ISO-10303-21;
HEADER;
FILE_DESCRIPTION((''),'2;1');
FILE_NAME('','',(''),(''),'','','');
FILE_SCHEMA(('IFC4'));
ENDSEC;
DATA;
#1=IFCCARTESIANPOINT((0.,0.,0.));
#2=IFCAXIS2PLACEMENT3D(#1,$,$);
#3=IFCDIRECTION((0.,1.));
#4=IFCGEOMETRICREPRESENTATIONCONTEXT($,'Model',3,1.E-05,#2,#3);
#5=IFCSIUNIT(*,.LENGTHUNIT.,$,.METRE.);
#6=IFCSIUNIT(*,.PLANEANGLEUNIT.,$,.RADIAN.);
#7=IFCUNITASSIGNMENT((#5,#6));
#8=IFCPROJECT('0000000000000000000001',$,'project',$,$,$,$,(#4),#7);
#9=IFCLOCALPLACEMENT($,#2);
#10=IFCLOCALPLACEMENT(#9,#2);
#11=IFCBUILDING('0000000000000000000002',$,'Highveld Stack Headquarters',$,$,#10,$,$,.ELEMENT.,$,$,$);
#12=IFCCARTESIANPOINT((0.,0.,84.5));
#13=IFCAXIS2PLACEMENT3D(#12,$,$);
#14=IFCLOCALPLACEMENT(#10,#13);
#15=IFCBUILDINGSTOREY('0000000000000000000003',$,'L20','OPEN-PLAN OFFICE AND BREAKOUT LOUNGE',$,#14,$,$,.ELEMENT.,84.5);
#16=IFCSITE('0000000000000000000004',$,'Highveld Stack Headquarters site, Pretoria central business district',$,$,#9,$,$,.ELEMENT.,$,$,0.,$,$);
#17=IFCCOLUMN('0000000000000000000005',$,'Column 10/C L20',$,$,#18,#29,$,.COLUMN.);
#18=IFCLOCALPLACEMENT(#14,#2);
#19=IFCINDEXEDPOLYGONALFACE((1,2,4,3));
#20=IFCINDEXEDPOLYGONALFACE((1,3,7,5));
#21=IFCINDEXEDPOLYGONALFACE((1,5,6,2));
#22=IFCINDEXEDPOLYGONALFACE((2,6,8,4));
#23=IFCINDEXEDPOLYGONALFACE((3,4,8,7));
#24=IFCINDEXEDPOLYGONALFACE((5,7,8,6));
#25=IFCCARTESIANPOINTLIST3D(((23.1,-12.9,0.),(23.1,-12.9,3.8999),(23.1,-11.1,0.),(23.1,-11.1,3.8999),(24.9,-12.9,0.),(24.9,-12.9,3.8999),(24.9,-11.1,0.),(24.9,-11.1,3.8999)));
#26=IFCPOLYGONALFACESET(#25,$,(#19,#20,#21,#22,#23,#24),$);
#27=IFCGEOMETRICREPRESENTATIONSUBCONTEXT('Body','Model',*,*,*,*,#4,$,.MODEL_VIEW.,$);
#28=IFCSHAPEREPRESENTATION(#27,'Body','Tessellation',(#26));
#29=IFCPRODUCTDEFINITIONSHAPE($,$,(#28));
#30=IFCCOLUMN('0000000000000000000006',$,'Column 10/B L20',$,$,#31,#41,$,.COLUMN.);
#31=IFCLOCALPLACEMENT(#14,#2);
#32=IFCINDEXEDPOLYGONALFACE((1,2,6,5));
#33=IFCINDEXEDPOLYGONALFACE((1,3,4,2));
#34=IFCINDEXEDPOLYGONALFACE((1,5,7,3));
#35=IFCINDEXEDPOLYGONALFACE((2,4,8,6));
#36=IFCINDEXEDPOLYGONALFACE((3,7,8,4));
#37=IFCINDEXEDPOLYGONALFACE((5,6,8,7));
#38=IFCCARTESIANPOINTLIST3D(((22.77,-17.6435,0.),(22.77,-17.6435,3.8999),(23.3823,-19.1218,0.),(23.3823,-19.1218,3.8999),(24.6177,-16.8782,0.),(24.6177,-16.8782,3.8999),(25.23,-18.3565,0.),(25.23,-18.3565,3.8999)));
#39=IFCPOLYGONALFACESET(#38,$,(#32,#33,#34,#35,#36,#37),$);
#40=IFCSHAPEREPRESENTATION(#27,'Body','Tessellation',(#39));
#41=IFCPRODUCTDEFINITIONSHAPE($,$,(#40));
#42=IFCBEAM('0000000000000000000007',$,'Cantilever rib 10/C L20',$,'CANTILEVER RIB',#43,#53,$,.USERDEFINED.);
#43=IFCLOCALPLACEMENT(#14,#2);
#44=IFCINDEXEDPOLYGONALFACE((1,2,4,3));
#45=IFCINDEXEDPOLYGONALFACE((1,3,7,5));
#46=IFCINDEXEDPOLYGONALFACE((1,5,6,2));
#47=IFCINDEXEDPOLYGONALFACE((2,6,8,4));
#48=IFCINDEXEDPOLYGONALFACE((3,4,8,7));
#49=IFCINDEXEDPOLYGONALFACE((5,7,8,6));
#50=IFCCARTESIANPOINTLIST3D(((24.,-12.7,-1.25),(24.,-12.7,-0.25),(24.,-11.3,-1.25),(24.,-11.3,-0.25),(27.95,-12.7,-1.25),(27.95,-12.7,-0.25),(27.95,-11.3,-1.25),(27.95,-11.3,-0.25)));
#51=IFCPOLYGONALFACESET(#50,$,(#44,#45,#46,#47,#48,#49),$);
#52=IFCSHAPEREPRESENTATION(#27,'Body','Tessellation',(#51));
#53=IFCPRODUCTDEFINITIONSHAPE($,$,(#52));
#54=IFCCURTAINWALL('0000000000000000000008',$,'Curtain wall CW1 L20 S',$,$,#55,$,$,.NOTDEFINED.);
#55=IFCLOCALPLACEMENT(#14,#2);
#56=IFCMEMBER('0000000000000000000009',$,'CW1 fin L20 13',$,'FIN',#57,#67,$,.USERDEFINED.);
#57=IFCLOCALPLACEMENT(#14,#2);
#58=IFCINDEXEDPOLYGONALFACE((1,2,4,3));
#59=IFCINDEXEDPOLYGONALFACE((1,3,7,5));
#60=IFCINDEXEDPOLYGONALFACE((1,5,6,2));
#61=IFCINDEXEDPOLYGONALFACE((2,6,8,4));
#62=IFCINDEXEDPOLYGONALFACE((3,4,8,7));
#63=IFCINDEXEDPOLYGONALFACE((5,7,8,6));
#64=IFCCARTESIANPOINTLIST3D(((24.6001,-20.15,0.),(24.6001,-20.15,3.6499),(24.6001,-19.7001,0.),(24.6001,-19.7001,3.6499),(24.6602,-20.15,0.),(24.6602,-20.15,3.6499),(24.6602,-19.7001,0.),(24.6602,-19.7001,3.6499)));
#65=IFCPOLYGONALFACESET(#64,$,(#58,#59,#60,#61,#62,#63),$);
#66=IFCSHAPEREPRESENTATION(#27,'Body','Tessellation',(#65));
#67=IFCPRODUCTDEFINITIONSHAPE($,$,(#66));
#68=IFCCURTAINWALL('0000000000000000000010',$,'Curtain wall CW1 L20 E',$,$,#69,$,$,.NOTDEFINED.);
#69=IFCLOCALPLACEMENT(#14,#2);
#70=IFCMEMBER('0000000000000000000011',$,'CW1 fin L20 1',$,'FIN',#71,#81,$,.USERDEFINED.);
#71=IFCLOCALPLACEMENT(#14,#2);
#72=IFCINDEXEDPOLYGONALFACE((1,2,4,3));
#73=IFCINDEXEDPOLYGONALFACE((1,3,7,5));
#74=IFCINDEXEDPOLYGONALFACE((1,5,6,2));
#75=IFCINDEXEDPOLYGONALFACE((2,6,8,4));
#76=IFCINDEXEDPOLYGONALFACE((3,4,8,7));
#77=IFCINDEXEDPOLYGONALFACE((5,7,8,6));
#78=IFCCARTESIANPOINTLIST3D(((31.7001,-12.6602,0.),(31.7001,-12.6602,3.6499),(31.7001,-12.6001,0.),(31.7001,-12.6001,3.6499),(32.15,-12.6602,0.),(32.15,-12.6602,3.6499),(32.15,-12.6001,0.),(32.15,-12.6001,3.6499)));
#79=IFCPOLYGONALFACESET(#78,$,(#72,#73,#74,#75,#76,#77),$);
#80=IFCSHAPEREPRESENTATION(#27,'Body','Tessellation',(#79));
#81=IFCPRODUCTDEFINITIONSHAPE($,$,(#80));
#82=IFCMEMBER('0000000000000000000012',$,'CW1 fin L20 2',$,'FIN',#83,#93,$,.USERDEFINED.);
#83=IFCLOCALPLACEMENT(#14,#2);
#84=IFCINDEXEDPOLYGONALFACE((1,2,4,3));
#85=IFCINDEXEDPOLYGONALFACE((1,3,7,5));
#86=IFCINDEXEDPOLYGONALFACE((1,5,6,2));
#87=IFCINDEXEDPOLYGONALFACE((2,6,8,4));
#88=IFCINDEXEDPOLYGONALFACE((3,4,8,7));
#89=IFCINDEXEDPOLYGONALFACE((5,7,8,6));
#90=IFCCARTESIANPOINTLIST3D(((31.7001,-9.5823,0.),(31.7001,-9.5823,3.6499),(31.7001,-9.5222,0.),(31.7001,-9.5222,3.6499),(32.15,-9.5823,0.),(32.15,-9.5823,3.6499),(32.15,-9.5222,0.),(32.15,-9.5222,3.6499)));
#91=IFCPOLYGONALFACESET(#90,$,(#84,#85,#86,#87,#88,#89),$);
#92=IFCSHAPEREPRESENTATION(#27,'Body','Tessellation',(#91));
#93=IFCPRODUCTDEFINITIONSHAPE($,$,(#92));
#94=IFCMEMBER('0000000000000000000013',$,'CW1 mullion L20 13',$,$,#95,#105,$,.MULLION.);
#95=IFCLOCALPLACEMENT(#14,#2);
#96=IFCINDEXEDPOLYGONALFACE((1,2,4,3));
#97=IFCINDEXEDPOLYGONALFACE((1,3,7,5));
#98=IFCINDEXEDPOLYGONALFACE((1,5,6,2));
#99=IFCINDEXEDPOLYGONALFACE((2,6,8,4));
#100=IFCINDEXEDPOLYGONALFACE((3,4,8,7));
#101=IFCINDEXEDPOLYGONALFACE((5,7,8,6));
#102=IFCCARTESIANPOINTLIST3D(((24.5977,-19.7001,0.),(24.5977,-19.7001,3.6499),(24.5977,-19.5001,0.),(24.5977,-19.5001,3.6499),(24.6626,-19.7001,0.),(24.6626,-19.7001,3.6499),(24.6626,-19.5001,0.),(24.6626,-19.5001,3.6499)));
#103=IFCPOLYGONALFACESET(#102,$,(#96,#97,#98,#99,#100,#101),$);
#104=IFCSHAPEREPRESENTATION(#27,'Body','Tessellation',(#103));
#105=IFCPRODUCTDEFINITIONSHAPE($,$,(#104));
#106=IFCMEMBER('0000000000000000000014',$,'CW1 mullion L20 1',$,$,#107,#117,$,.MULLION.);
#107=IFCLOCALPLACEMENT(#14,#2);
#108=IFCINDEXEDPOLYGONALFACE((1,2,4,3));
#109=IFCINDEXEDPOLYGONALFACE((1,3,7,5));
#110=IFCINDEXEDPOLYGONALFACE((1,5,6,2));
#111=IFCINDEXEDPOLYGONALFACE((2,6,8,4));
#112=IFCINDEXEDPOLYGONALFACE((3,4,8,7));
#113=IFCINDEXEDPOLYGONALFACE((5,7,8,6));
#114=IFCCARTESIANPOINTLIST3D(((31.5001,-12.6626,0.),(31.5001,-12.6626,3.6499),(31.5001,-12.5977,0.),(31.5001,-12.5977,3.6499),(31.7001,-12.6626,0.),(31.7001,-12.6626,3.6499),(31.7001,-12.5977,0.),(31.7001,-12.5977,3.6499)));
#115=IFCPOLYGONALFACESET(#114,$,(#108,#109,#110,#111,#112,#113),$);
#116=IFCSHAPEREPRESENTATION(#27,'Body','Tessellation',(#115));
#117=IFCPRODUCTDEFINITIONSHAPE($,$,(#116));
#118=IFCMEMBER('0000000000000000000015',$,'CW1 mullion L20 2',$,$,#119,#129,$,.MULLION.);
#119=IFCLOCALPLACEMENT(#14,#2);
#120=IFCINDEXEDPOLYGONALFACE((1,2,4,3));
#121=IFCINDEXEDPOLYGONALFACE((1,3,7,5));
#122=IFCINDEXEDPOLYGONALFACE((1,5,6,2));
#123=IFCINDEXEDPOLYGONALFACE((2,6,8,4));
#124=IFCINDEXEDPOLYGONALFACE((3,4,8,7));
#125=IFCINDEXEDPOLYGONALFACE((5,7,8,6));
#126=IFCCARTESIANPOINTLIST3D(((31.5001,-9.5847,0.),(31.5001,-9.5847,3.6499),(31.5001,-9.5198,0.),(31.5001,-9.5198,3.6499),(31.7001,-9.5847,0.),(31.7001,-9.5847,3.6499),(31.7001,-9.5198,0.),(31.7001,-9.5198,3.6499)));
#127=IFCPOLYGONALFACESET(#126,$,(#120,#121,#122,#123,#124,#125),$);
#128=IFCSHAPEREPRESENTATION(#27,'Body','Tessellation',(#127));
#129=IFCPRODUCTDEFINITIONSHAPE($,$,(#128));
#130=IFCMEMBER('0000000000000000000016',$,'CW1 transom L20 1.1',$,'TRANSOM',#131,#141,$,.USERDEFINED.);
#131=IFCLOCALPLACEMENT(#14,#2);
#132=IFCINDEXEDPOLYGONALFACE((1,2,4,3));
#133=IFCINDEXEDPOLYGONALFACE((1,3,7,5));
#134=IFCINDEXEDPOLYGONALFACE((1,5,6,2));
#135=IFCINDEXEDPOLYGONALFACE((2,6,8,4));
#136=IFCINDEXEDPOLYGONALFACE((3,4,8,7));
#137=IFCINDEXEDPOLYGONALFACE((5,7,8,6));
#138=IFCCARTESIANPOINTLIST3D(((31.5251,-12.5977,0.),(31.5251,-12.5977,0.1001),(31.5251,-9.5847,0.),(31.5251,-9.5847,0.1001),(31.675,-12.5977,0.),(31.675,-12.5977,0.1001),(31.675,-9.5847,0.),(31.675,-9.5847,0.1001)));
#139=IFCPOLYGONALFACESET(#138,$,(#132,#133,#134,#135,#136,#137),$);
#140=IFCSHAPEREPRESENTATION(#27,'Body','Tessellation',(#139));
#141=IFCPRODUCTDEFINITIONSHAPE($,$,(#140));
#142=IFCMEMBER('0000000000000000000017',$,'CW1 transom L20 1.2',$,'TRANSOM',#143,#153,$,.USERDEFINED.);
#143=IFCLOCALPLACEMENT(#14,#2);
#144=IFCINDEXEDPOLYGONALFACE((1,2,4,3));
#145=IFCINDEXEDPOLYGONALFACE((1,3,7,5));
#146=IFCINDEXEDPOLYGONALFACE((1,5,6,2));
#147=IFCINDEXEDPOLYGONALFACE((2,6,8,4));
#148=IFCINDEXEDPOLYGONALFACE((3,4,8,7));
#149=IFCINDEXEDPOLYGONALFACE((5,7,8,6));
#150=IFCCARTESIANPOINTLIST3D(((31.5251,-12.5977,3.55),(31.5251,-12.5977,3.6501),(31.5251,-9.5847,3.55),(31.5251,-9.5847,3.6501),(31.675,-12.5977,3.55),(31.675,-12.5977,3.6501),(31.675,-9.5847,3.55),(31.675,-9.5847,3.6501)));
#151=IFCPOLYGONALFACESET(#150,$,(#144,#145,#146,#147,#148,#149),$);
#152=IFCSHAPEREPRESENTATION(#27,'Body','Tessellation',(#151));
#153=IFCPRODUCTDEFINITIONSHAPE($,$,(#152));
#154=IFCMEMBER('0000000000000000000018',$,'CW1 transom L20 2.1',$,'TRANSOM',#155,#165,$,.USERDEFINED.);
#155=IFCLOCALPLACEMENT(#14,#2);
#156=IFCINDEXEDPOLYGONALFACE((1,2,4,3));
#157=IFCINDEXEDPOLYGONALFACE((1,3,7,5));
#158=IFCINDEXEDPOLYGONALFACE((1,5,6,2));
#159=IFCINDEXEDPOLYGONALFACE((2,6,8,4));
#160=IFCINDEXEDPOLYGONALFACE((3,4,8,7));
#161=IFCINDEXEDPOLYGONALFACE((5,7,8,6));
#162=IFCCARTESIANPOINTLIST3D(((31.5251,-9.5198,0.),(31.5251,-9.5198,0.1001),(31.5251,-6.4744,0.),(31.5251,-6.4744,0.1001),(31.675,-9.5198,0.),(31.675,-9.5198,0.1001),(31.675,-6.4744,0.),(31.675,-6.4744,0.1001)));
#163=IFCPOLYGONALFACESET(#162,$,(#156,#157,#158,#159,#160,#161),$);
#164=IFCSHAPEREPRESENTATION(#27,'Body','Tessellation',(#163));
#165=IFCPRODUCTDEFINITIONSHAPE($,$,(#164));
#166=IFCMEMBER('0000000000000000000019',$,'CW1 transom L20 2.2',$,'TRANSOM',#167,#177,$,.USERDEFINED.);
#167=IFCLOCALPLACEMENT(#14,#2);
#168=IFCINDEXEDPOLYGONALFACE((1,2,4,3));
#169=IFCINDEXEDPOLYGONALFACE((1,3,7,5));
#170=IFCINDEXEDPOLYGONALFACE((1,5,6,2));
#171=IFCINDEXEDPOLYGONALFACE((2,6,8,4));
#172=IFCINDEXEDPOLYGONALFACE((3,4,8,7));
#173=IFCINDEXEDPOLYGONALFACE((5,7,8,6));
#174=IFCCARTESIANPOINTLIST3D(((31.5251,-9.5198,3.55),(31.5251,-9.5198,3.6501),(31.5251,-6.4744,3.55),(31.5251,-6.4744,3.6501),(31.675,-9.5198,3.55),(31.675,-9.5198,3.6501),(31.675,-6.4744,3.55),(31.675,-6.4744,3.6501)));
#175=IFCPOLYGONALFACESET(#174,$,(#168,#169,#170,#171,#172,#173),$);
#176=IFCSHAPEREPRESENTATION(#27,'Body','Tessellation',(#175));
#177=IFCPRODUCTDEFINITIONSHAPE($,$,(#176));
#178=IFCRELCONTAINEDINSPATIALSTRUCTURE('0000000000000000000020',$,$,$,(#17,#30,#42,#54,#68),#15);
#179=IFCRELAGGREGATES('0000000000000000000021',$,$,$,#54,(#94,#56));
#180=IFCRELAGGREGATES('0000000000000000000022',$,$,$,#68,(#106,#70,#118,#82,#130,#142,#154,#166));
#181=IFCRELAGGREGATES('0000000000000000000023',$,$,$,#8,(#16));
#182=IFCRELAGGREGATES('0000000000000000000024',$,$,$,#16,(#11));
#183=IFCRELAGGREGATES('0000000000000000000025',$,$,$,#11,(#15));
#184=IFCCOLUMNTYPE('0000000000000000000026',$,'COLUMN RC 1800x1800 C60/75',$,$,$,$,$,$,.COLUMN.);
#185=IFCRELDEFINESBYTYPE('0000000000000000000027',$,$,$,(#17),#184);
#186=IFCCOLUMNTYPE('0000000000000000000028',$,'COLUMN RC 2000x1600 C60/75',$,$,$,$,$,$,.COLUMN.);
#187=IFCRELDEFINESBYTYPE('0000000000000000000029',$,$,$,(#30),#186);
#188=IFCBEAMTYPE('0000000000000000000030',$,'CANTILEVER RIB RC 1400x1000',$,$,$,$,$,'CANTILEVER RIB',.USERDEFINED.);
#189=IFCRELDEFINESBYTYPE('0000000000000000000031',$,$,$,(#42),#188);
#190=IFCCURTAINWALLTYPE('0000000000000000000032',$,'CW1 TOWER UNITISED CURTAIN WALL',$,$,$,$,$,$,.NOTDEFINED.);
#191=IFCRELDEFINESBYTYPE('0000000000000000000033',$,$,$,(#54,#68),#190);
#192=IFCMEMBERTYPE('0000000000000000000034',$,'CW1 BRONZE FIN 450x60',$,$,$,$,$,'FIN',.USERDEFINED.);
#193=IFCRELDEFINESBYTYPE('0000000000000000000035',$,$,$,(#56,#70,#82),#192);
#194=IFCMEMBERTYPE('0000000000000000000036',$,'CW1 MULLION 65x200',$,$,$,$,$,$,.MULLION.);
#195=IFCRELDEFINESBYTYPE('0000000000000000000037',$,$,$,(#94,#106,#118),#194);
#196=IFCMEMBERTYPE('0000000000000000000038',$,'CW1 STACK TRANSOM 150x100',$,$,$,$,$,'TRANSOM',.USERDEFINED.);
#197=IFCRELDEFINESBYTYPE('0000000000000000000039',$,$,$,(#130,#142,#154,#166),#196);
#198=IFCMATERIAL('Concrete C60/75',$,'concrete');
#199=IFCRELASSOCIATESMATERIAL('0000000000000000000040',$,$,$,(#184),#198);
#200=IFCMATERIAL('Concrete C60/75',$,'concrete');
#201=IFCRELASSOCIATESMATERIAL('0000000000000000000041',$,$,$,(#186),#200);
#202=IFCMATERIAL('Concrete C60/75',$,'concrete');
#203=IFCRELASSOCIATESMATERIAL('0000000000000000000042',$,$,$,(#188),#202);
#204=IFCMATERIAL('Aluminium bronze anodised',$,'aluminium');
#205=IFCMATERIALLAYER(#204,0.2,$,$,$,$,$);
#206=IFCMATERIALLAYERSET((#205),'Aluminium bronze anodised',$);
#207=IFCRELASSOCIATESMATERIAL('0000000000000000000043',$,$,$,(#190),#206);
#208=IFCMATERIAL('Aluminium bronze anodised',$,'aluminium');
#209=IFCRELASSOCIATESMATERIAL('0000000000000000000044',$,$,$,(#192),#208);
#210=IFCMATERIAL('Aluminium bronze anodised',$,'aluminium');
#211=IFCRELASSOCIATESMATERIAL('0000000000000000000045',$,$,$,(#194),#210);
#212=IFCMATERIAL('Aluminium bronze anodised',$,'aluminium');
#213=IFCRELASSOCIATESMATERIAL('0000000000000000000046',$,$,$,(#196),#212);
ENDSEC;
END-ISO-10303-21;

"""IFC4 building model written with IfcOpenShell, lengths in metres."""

from ifc_helpers import new_model, si_unit, direction, frame, origin, origin_2d, place, context, subcontext, project, spatial, rectangle, extrude, material, layer, layer_set, material_profile, profile_set, type_object, element, aggregate, save


model = new_model("IFC4")

# Units and contexts
model_context = context("Model", 3, precision=1e-05, world=origin(), true_north=direction((0.0, 1.0)))
body_context = subcontext(model_context, "Body", "Model", "MODEL_VIEW")
ifc_project = project(units=[si_unit("LENGTHUNIT", "METRE"), si_unit("PLANEANGLEUNIT", "RADIAN")], contexts=[model_context])

# Site, building, storey
site_placement = place(None, origin())
site = spatial("IfcSite", under=ifc_project, at=site_placement, Name="Highveld Stack Headquarters site, Pretoria central business district", CompositionType="ELEMENT", RefElevation=0.0)
building_placement = place(site_placement, origin())
building = spatial("IfcBuilding", under=site, at=building_placement, Name="Highveld Stack Headquarters", CompositionType="ELEMENT")
storey_placement = place(building_placement, frame((0.0, 0.0, 84.5)))
storey = spatial("IfcBuildingStorey", under=building, at=storey_placement, Name="L20", Description="OPEN-PLAN OFFICE AND BREAKOUT LOUNGE", CompositionType="ELEMENT", Elevation=84.5)

# Columns
ifc_material_1 = material(Name="Concrete C60/75", Category="concrete")
ifc_material_profile_1 = material_profile(ifc_material_1, rectangle(XDim=1.8, YDim=1.8, at=origin_2d()), Name="RC 1800x1800")
ifc_profile_set_1 = profile_set([ifc_material_profile_1], Name="Concrete C60/75")
column_type_1 = type_object("IfcColumnType", Name="COLUMN RC 1800x1800 C60/75", PredefinedType="COLUMN", material=ifc_profile_set_1)
column_1_placement = place(storey_placement, frame((24.0, -12.0, 0.0), z_axis=(0.0, 0.0, 1.0), x_axis=(1.0, 0.0, 0.0)))
element("IfcColumn", 1, at=column_1_placement, inside=storey, type_object=column_type_1, Name="Column 10/C L20", PredefinedType="COLUMN", context=body_context, shape_type="SweptSolid", body=[
    extrude(rectangle(XDim=1.8, YDim=1.8, at=origin_2d()), origin(), (0.0, 0.0, 1.0), 3.8999),
])
ifc_material_2 = material(Name="Concrete C60/75", Category="concrete")
ifc_material_profile_2 = material_profile(ifc_material_2, rectangle(XDim=2.0, YDim=1.6001, at=origin_2d()), Name="RC 2000x1600")
ifc_profile_set_2 = profile_set([ifc_material_profile_2], Name="Concrete C60/75")
column_type_2 = type_object("IfcColumnType", Name="COLUMN RC 2000x1600 C60/75", PredefinedType="COLUMN", material=ifc_profile_set_2)
column_2_placement = place(storey_placement, frame((24.0, -18.0, 0.0), z_axis=(0.0, 0.0, 1.0), x_axis=(-0.92388, -0.382683, 0.0)))
element("IfcColumn", 2, at=column_2_placement, inside=storey, type_object=column_type_2, Name="Column 10/B L20", PredefinedType="COLUMN", context=body_context, shape_type="SweptSolid", body=[
    extrude(rectangle(XDim=2.0, YDim=1.6001, at=origin_2d()), origin(), (0.0, 0.0, 1.0), 3.8999),
])

# Beam
ifc_material_3 = material(Name="Concrete C60/75", Category="concrete")
ifc_material_profile_3 = material_profile(ifc_material_3, rectangle(XDim=1.3999, YDim=1.0, at=origin_2d()), Name="RC 1400x1000")
ifc_profile_set_3 = profile_set([ifc_material_profile_3], Name="Concrete C60/75")
beam_type_1 = type_object("IfcBeamType", Name="CANTILEVER RIB RC 1400x1000", ElementType="CANTILEVER RIB", PredefinedType="USERDEFINED", material=ifc_profile_set_3)
beam_1_placement = place(storey_placement, frame((24.0, -12.0, -0.75), z_axis=(1.0, 0.0, 0.0), x_axis=(0.0, 1.0, 0.0)))
element("IfcBeam", 3, at=beam_1_placement, inside=storey, type_object=beam_type_1, Name="Cantilever rib 10/C L20", ObjectType="CANTILEVER RIB", PredefinedType="USERDEFINED", context=body_context, shape_type="SweptSolid", body=[
    extrude(rectangle(XDim=1.3999, YDim=1.0, at=origin_2d()), origin(), (0.0, 0.0, 1.0), 3.95),
])

# Curtain wall, member
ifc_material_4 = material(Name="Aluminium bronze anodised", Category="aluminium")
ifc_layer_1 = layer(ifc_material_4, 0.2)
ifc_layer_set_1 = layer_set([ifc_layer_1], Name="Aluminium bronze anodised")
curtain_wall_type_1 = type_object("IfcCurtainWallType", Name="CW1 TOWER UNITISED CURTAIN WALL", PredefinedType="NOTDEFINED", material=ifc_layer_set_1)
curtain_wall_1_placement = place(storey_placement, origin())
curtain_wall_1 = element("IfcCurtainWall", 4, at=curtain_wall_1_placement, inside=storey, type_object=curtain_wall_type_1, Name="Curtain wall CW1 L20 S", PredefinedType="NOTDEFINED")
ifc_material_5 = material(Name="Aluminium bronze anodised", Category="aluminium")
ifc_material_profile_4 = material_profile(ifc_material_5, rectangle(XDim=0.45, YDim=0.0601, at=origin_2d()), Name="FIN 450x60")
ifc_profile_set_4 = profile_set([ifc_material_profile_4], Name="Aluminium bronze anodised")
member_type_1 = type_object("IfcMemberType", Name="CW1 BRONZE FIN 450x60", ElementType="FIN", PredefinedType="USERDEFINED", material=ifc_profile_set_4)
member_1_placement = place(storey_placement, frame((24.6301, -19.925, 0.0), z_axis=(0.0, 0.0, 1.0), x_axis=(0.0, 1.0, 0.0)))
member_1 = element("IfcMember", 5, at=member_1_placement, type_object=member_type_1, Name="CW1 fin L20 13", ObjectType="FIN", PredefinedType="USERDEFINED", context=body_context, shape_type="SweptSolid", body=[
    extrude(rectangle(XDim=0.45, YDim=0.0601, at=origin_2d()), origin(), (0.0, 0.0, 1.0), 3.6499),
])

# Curtain wall, members
curtain_wall_2_placement = place(storey_placement, origin())
curtain_wall_2 = element("IfcCurtainWall", 6, at=curtain_wall_2_placement, inside=storey, type_object=curtain_wall_type_1, Name="Curtain wall CW1 L20 E", PredefinedType="NOTDEFINED")
member_2_placement = place(storey_placement, frame((31.925, -12.6301, 0.0), z_axis=(0.0, 0.0, 1.0), x_axis=(-1.0, 0.0, 0.0)))
member_2 = element("IfcMember", 7, at=member_2_placement, type_object=member_type_1, Name="CW1 fin L20 1", ObjectType="FIN", PredefinedType="USERDEFINED", context=body_context, shape_type="SweptSolid", body=[
    extrude(rectangle(XDim=0.45, YDim=0.0601, at=origin_2d()), origin(), (0.0, 0.0, 1.0), 3.6499),
])
member_3_placement = place(storey_placement, frame((31.925, -9.5522, 0.0), z_axis=(0.0, 0.0, 1.0), x_axis=(-1.0, 0.0, 0.0)))
member_3 = element("IfcMember", 8, at=member_3_placement, type_object=member_type_1, Name="CW1 fin L20 2", ObjectType="FIN", PredefinedType="USERDEFINED", context=body_context, shape_type="SweptSolid", body=[
    extrude(rectangle(XDim=0.45, YDim=0.0601, at=origin_2d()), origin(), (0.0, 0.0, 1.0), 3.6499),
])

# Members
ifc_material_6 = material(Name="Aluminium bronze anodised", Category="aluminium")
ifc_material_profile_5 = material_profile(ifc_material_6, rectangle(XDim=0.2, YDim=0.0649, at=origin_2d()), Name="CW1 MULLION 65x200")
ifc_profile_set_5 = profile_set([ifc_material_profile_5], Name="Aluminium bronze anodised")
member_type_2 = type_object("IfcMemberType", Name="CW1 MULLION 65x200", PredefinedType="MULLION", material=ifc_profile_set_5)
member_4_placement = place(storey_placement, frame((24.6301, -19.6001, 0.0), z_axis=(0.0, 0.0, 1.0), x_axis=(0.0, 1.0, 0.0)))
member_4 = element("IfcMember", 9, at=member_4_placement, type_object=member_type_2, Name="CW1 mullion L20 13", PredefinedType="MULLION", context=body_context, shape_type="SweptSolid", body=[
    extrude(rectangle(XDim=0.2, YDim=0.0649, at=origin_2d()), origin(), (0.0, 0.0, 1.0), 3.6499),
])
member_5_placement = place(storey_placement, frame((31.6001, -12.6301, 0.0), z_axis=(0.0, 0.0, 1.0), x_axis=(-1.0, 0.0, 0.0)))
member_5 = element("IfcMember", 10, at=member_5_placement, type_object=member_type_2, Name="CW1 mullion L20 1", PredefinedType="MULLION", context=body_context, shape_type="SweptSolid", body=[
    extrude(rectangle(XDim=0.2, YDim=0.0649, at=origin_2d()), origin(), (0.0, 0.0, 1.0), 3.6499),
])
member_6_placement = place(storey_placement, frame((31.6001, -9.5522, 0.0), z_axis=(0.0, 0.0, 1.0), x_axis=(-1.0, 0.0, 0.0)))
member_6 = element("IfcMember", 11, at=member_6_placement, type_object=member_type_2, Name="CW1 mullion L20 2", PredefinedType="MULLION", context=body_context, shape_type="SweptSolid", body=[
    extrude(rectangle(XDim=0.2, YDim=0.0649, at=origin_2d()), origin(), (0.0, 0.0, 1.0), 3.6499),
])
ifc_material_7 = material(Name="Aluminium bronze anodised", Category="aluminium")
ifc_material_profile_6 = material_profile(ifc_material_7, rectangle(XDim=0.1499, YDim=0.1001, at=origin_2d()), Name="CW1 TRANSOM 150x100")
ifc_profile_set_6 = profile_set([ifc_material_profile_6], Name="Aluminium bronze anodised")
member_type_3 = type_object("IfcMemberType", Name="CW1 STACK TRANSOM 150x100", ElementType="TRANSOM", PredefinedType="USERDEFINED", material=ifc_profile_set_6)
member_7_placement = place(storey_placement, frame((31.6001, -12.5977, 0.05), z_axis=(0.0, 1.0, 0.0), x_axis=(-1.0, 0.0, 0.0)))
member_7 = element("IfcMember", 12, at=member_7_placement, type_object=member_type_3, Name="CW1 transom L20 1.1", ObjectType="TRANSOM", PredefinedType="USERDEFINED", context=body_context, shape_type="SweptSolid", body=[
    extrude(rectangle(XDim=0.1499, YDim=0.1001, at=origin_2d()), origin(), (0.0, 0.0, 1.0), 3.0129),
])
member_8_placement = place(storey_placement, frame((31.6001, -12.5977, 3.6001), z_axis=(0.0, 1.0, 0.0), x_axis=(-1.0, 0.0, 0.0)))
member_8 = element("IfcMember", 13, at=member_8_placement, type_object=member_type_3, Name="CW1 transom L20 1.2", ObjectType="TRANSOM", PredefinedType="USERDEFINED", context=body_context, shape_type="SweptSolid", body=[
    extrude(rectangle(XDim=0.1499, YDim=0.1001, at=origin_2d()), origin(), (0.0, 0.0, 1.0), 3.0129),
])
member_9_placement = place(storey_placement, frame((31.6001, -9.5198, 0.05), z_axis=(0.0, 1.0, 0.0), x_axis=(-1.0, 0.0, 0.0)))
member_9 = element("IfcMember", 14, at=member_9_placement, type_object=member_type_3, Name="CW1 transom L20 2.1", ObjectType="TRANSOM", PredefinedType="USERDEFINED", context=body_context, shape_type="SweptSolid", body=[
    extrude(rectangle(XDim=0.1499, YDim=0.1001, at=origin_2d()), origin(), (0.0, 0.0, 1.0), 3.0454),
])
member_10_placement = place(storey_placement, frame((31.6001, -9.5198, 3.6001), z_axis=(0.0, 1.0, 0.0), x_axis=(-1.0, 0.0, 0.0)))
member_10 = element("IfcMember", 15, at=member_10_placement, type_object=member_type_3, Name="CW1 transom L20 2.2", ObjectType="TRANSOM", PredefinedType="USERDEFINED", context=body_context, shape_type="SweptSolid", body=[
    extrude(rectangle(XDim=0.1499, YDim=0.1001, at=origin_2d()), origin(), (0.0, 0.0, 1.0), 3.0454),
])

aggregate(curtain_wall_1, [member_4, member_1])
aggregate(curtain_wall_2, [member_5, member_2, member_6, member_3, member_7, member_8, member_9, member_10])

save(model, "model.ifc")
